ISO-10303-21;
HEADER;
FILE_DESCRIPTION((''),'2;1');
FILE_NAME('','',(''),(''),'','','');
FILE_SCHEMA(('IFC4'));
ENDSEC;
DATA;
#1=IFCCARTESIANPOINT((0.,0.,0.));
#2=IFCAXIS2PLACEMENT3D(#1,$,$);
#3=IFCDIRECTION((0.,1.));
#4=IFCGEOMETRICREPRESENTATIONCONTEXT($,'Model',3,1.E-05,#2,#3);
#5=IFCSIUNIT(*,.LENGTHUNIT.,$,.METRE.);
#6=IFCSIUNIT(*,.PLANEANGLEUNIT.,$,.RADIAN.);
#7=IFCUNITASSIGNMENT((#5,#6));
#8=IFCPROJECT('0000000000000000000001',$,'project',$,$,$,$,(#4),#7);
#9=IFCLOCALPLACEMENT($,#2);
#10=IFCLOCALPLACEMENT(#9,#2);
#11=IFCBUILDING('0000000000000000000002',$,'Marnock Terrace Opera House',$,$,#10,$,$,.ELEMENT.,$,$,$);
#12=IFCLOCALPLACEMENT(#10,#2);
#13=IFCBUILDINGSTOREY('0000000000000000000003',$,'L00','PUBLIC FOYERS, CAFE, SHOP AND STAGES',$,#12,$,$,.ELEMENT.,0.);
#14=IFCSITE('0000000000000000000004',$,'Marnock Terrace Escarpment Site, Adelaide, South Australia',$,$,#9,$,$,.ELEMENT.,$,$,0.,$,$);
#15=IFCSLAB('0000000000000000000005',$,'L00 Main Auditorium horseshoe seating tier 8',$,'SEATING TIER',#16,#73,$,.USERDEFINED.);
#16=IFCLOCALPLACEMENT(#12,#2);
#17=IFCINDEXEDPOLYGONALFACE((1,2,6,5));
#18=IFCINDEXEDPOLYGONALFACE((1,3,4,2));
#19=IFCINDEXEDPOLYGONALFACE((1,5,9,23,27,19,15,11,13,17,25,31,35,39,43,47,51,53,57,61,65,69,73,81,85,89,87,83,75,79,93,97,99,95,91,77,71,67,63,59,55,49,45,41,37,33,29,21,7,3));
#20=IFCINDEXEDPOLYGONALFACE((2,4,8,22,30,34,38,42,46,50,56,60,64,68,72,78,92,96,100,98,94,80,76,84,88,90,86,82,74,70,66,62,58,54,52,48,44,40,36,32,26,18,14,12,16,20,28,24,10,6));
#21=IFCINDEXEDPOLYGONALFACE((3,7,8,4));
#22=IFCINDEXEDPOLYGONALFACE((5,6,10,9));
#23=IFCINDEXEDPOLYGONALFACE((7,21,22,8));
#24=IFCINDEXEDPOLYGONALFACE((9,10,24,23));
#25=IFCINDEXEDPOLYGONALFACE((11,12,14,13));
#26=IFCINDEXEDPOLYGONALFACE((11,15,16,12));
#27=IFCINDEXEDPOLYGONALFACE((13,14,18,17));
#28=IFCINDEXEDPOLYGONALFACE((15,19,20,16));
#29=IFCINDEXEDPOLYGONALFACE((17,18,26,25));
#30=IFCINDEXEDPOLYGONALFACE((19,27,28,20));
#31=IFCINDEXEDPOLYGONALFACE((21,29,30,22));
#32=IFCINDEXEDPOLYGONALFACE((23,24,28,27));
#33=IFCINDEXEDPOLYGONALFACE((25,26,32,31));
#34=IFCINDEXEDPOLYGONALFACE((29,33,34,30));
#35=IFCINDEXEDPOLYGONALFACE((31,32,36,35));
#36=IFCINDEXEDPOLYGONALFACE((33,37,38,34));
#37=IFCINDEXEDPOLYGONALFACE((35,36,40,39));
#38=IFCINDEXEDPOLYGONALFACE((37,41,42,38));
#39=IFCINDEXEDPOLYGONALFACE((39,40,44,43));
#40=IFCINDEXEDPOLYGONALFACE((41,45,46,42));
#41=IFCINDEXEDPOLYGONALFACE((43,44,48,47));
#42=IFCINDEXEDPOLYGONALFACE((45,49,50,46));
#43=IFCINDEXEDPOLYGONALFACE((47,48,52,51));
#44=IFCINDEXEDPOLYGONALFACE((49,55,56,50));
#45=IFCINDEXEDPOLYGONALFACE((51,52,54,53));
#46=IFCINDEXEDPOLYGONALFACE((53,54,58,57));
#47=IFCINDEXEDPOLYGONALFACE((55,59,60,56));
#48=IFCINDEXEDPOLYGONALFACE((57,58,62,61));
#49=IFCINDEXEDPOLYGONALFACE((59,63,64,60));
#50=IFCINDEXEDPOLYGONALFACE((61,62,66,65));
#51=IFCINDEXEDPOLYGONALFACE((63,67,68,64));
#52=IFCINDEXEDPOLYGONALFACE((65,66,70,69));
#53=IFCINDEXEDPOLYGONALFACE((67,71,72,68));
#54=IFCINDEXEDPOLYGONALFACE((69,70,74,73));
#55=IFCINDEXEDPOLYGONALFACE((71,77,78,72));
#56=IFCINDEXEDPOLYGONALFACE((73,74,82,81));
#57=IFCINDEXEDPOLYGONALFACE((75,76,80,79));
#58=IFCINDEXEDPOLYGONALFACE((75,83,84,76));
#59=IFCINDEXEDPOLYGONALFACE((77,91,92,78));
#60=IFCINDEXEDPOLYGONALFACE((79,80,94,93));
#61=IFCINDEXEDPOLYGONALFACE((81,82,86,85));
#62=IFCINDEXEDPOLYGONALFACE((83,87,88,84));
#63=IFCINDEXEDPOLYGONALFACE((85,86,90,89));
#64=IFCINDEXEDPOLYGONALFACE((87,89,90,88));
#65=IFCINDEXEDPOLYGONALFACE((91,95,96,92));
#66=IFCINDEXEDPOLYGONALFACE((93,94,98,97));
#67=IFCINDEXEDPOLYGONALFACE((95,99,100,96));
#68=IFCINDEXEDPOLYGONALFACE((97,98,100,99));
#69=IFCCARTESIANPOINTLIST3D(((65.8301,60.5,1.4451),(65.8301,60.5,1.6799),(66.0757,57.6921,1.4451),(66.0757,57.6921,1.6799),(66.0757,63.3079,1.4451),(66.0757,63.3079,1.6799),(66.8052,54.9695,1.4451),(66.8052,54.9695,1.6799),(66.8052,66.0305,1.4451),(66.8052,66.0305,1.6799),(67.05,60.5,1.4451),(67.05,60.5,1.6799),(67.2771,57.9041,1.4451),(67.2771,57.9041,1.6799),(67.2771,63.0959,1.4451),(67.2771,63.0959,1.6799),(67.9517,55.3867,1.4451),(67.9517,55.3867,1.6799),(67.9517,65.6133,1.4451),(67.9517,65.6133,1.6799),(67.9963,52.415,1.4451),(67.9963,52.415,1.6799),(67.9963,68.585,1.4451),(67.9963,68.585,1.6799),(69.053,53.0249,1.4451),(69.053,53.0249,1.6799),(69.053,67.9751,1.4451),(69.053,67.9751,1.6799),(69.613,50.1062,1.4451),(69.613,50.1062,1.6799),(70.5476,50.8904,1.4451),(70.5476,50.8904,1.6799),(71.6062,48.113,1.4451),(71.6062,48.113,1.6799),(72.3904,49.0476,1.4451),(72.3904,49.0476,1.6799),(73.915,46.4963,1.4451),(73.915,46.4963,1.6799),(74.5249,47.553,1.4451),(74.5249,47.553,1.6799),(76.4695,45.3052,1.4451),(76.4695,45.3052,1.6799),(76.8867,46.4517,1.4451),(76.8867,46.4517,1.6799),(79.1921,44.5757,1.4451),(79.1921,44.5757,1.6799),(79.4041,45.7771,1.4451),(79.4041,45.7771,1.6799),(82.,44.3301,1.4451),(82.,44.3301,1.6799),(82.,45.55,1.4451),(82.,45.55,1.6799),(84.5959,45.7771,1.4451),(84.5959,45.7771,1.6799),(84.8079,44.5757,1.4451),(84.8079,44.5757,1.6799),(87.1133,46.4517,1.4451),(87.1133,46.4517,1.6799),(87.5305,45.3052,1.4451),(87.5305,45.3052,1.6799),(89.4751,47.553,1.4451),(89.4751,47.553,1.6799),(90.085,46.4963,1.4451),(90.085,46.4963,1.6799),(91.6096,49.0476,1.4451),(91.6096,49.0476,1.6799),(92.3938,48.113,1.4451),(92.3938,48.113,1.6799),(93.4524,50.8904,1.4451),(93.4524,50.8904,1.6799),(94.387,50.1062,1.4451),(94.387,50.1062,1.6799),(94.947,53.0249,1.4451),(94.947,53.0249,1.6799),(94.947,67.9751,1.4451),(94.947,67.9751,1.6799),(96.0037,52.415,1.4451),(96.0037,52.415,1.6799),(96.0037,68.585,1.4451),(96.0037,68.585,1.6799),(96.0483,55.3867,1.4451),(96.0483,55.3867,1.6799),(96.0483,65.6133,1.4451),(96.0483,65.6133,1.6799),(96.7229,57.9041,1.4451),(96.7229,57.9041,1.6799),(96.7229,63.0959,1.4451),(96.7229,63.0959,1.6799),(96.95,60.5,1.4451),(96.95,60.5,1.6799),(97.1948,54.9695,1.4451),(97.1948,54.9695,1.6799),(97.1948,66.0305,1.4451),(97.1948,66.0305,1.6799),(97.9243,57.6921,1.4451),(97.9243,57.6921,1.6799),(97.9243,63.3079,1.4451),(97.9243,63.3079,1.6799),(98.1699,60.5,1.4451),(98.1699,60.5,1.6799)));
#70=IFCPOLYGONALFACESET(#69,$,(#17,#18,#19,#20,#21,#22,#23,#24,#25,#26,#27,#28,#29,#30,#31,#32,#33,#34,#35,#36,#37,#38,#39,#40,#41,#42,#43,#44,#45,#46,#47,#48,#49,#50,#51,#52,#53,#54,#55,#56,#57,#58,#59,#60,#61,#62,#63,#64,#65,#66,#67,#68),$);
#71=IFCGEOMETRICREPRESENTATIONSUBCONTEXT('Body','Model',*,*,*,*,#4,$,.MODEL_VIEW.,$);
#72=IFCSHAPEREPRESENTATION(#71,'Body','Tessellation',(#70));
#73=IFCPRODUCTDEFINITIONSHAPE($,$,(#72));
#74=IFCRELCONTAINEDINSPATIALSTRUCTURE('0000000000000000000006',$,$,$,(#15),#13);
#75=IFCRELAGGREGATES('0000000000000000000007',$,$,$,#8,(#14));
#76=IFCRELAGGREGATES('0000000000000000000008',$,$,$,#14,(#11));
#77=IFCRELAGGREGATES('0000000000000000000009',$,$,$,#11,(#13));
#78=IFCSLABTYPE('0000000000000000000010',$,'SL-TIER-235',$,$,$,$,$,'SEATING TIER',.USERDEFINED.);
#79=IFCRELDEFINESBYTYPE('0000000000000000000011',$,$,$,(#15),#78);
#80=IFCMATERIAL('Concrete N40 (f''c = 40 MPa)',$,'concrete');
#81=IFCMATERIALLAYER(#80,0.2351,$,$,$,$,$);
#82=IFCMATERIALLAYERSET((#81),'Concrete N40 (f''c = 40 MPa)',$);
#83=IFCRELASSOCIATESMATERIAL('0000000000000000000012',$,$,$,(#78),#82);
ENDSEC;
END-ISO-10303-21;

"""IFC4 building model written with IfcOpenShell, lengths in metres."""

from ifc_helpers import new_model, si_unit, direction, frame, origin, place, context, subcontext, project, spatial, polyline, outline, extrude, material, layer, layer_set, type_object, element, save


model = new_model("IFC4")

# Units and contexts
model_context = context("Model", 3, precision=1e-05, world=origin(), true_north=direction((0.0, 1.0)))
body_context = subcontext(model_context, "Body", "Model", "MODEL_VIEW")
ifc_project = project(units=[si_unit("LENGTHUNIT", "METRE"), si_unit("PLANEANGLEUNIT", "RADIAN")], contexts=[model_context])

# Site, building, storey
site_placement = place(None, origin())
site = spatial("IfcSite", under=ifc_project, at=site_placement, Name="Marnock Terrace Escarpment Site, Adelaide, South Australia", CompositionType="ELEMENT", RefElevation=0.0)
building_placement = place(site_placement, origin())
building = spatial("IfcBuilding", under=site, at=building_placement, Name="Marnock Terrace Opera House", CompositionType="ELEMENT")
storey_placement = place(building_placement, origin())
storey = spatial("IfcBuildingStorey", under=building, at=storey_placement, Name="L00", Description="PUBLIC FOYERS, CAFE, SHOP AND STAGES", CompositionType="ELEMENT", Elevation=0.0)

# Slab
ifc_material_1 = material(Name="Concrete N40 (f'c = 40 MPa)", Category="concrete")
ifc_layer_1 = layer(ifc_material_1, 0.2351)
ifc_layer_set_1 = layer_set([ifc_layer_1], Name="Concrete N40 (f'c = 40 MPa)")
slab_type_1 = type_object("IfcSlabType", Name="SL-TIER-235", ElementType="SEATING TIER", PredefinedType="USERDEFINED", material=ifc_layer_set_1)
slab_1_placement = place(storey_placement, frame((0.0, 0.0, 1.4451)))
element("IfcSlab", 1, at=slab_1_placement, inside=storey, type_object=slab_type_1, Name="L00 Main Auditorium horseshoe seating tier 8", ObjectType="SEATING TIER", PredefinedType="USERDEFINED", context=body_context, shape_type="SweptSolid", body=[
    extrude(outline(polyline([(67.9963, 68.585), (66.8052, 66.0305), (66.0757, 63.3079), (65.8301, 60.5), (66.0757, 57.6921), (66.8052, 54.9695), (67.9963, 52.415), (69.613, 50.1062), (71.6062, 48.113), (73.915, 46.4963), (76.4695, 45.3052), (79.1921, 44.5757), (82.0, 44.3301), (84.8079, 44.5757), (87.5305, 45.3052), (90.085, 46.4963), (92.3938, 48.113), (94.387, 50.1062), (96.0037, 52.415), (97.1948, 54.9695), (97.9243, 57.6921), (98.1699, 60.5), (97.9243, 63.3079), (97.1948, 66.0305), (96.0037, 68.585), (94.947, 67.9751), (96.0483, 65.6133), (96.7229, 63.0959), (96.95, 60.5), (96.7229, 57.9041), (96.0483, 55.3867), (94.947, 53.0249), (93.4524, 50.8904), (91.6096, 49.0476), (89.4751, 47.553), (87.1133, 46.4517), (84.5959, 45.7771), (82.0, 45.55), (79.4041, 45.7771), (76.8867, 46.4517), (74.5249, 47.553), (72.3904, 49.0476), (70.5476, 50.8904), (69.053, 53.0249), (67.9517, 55.3867), (67.2771, 57.9041), (67.05, 60.5), (67.2771, 63.0959), (67.9517, 65.6133), (69.053, 67.9751), (67.9963, 68.585)])), origin(), (0.0, 0.0, 1.0), 0.2349),
])

save(model, "model.ifc")
